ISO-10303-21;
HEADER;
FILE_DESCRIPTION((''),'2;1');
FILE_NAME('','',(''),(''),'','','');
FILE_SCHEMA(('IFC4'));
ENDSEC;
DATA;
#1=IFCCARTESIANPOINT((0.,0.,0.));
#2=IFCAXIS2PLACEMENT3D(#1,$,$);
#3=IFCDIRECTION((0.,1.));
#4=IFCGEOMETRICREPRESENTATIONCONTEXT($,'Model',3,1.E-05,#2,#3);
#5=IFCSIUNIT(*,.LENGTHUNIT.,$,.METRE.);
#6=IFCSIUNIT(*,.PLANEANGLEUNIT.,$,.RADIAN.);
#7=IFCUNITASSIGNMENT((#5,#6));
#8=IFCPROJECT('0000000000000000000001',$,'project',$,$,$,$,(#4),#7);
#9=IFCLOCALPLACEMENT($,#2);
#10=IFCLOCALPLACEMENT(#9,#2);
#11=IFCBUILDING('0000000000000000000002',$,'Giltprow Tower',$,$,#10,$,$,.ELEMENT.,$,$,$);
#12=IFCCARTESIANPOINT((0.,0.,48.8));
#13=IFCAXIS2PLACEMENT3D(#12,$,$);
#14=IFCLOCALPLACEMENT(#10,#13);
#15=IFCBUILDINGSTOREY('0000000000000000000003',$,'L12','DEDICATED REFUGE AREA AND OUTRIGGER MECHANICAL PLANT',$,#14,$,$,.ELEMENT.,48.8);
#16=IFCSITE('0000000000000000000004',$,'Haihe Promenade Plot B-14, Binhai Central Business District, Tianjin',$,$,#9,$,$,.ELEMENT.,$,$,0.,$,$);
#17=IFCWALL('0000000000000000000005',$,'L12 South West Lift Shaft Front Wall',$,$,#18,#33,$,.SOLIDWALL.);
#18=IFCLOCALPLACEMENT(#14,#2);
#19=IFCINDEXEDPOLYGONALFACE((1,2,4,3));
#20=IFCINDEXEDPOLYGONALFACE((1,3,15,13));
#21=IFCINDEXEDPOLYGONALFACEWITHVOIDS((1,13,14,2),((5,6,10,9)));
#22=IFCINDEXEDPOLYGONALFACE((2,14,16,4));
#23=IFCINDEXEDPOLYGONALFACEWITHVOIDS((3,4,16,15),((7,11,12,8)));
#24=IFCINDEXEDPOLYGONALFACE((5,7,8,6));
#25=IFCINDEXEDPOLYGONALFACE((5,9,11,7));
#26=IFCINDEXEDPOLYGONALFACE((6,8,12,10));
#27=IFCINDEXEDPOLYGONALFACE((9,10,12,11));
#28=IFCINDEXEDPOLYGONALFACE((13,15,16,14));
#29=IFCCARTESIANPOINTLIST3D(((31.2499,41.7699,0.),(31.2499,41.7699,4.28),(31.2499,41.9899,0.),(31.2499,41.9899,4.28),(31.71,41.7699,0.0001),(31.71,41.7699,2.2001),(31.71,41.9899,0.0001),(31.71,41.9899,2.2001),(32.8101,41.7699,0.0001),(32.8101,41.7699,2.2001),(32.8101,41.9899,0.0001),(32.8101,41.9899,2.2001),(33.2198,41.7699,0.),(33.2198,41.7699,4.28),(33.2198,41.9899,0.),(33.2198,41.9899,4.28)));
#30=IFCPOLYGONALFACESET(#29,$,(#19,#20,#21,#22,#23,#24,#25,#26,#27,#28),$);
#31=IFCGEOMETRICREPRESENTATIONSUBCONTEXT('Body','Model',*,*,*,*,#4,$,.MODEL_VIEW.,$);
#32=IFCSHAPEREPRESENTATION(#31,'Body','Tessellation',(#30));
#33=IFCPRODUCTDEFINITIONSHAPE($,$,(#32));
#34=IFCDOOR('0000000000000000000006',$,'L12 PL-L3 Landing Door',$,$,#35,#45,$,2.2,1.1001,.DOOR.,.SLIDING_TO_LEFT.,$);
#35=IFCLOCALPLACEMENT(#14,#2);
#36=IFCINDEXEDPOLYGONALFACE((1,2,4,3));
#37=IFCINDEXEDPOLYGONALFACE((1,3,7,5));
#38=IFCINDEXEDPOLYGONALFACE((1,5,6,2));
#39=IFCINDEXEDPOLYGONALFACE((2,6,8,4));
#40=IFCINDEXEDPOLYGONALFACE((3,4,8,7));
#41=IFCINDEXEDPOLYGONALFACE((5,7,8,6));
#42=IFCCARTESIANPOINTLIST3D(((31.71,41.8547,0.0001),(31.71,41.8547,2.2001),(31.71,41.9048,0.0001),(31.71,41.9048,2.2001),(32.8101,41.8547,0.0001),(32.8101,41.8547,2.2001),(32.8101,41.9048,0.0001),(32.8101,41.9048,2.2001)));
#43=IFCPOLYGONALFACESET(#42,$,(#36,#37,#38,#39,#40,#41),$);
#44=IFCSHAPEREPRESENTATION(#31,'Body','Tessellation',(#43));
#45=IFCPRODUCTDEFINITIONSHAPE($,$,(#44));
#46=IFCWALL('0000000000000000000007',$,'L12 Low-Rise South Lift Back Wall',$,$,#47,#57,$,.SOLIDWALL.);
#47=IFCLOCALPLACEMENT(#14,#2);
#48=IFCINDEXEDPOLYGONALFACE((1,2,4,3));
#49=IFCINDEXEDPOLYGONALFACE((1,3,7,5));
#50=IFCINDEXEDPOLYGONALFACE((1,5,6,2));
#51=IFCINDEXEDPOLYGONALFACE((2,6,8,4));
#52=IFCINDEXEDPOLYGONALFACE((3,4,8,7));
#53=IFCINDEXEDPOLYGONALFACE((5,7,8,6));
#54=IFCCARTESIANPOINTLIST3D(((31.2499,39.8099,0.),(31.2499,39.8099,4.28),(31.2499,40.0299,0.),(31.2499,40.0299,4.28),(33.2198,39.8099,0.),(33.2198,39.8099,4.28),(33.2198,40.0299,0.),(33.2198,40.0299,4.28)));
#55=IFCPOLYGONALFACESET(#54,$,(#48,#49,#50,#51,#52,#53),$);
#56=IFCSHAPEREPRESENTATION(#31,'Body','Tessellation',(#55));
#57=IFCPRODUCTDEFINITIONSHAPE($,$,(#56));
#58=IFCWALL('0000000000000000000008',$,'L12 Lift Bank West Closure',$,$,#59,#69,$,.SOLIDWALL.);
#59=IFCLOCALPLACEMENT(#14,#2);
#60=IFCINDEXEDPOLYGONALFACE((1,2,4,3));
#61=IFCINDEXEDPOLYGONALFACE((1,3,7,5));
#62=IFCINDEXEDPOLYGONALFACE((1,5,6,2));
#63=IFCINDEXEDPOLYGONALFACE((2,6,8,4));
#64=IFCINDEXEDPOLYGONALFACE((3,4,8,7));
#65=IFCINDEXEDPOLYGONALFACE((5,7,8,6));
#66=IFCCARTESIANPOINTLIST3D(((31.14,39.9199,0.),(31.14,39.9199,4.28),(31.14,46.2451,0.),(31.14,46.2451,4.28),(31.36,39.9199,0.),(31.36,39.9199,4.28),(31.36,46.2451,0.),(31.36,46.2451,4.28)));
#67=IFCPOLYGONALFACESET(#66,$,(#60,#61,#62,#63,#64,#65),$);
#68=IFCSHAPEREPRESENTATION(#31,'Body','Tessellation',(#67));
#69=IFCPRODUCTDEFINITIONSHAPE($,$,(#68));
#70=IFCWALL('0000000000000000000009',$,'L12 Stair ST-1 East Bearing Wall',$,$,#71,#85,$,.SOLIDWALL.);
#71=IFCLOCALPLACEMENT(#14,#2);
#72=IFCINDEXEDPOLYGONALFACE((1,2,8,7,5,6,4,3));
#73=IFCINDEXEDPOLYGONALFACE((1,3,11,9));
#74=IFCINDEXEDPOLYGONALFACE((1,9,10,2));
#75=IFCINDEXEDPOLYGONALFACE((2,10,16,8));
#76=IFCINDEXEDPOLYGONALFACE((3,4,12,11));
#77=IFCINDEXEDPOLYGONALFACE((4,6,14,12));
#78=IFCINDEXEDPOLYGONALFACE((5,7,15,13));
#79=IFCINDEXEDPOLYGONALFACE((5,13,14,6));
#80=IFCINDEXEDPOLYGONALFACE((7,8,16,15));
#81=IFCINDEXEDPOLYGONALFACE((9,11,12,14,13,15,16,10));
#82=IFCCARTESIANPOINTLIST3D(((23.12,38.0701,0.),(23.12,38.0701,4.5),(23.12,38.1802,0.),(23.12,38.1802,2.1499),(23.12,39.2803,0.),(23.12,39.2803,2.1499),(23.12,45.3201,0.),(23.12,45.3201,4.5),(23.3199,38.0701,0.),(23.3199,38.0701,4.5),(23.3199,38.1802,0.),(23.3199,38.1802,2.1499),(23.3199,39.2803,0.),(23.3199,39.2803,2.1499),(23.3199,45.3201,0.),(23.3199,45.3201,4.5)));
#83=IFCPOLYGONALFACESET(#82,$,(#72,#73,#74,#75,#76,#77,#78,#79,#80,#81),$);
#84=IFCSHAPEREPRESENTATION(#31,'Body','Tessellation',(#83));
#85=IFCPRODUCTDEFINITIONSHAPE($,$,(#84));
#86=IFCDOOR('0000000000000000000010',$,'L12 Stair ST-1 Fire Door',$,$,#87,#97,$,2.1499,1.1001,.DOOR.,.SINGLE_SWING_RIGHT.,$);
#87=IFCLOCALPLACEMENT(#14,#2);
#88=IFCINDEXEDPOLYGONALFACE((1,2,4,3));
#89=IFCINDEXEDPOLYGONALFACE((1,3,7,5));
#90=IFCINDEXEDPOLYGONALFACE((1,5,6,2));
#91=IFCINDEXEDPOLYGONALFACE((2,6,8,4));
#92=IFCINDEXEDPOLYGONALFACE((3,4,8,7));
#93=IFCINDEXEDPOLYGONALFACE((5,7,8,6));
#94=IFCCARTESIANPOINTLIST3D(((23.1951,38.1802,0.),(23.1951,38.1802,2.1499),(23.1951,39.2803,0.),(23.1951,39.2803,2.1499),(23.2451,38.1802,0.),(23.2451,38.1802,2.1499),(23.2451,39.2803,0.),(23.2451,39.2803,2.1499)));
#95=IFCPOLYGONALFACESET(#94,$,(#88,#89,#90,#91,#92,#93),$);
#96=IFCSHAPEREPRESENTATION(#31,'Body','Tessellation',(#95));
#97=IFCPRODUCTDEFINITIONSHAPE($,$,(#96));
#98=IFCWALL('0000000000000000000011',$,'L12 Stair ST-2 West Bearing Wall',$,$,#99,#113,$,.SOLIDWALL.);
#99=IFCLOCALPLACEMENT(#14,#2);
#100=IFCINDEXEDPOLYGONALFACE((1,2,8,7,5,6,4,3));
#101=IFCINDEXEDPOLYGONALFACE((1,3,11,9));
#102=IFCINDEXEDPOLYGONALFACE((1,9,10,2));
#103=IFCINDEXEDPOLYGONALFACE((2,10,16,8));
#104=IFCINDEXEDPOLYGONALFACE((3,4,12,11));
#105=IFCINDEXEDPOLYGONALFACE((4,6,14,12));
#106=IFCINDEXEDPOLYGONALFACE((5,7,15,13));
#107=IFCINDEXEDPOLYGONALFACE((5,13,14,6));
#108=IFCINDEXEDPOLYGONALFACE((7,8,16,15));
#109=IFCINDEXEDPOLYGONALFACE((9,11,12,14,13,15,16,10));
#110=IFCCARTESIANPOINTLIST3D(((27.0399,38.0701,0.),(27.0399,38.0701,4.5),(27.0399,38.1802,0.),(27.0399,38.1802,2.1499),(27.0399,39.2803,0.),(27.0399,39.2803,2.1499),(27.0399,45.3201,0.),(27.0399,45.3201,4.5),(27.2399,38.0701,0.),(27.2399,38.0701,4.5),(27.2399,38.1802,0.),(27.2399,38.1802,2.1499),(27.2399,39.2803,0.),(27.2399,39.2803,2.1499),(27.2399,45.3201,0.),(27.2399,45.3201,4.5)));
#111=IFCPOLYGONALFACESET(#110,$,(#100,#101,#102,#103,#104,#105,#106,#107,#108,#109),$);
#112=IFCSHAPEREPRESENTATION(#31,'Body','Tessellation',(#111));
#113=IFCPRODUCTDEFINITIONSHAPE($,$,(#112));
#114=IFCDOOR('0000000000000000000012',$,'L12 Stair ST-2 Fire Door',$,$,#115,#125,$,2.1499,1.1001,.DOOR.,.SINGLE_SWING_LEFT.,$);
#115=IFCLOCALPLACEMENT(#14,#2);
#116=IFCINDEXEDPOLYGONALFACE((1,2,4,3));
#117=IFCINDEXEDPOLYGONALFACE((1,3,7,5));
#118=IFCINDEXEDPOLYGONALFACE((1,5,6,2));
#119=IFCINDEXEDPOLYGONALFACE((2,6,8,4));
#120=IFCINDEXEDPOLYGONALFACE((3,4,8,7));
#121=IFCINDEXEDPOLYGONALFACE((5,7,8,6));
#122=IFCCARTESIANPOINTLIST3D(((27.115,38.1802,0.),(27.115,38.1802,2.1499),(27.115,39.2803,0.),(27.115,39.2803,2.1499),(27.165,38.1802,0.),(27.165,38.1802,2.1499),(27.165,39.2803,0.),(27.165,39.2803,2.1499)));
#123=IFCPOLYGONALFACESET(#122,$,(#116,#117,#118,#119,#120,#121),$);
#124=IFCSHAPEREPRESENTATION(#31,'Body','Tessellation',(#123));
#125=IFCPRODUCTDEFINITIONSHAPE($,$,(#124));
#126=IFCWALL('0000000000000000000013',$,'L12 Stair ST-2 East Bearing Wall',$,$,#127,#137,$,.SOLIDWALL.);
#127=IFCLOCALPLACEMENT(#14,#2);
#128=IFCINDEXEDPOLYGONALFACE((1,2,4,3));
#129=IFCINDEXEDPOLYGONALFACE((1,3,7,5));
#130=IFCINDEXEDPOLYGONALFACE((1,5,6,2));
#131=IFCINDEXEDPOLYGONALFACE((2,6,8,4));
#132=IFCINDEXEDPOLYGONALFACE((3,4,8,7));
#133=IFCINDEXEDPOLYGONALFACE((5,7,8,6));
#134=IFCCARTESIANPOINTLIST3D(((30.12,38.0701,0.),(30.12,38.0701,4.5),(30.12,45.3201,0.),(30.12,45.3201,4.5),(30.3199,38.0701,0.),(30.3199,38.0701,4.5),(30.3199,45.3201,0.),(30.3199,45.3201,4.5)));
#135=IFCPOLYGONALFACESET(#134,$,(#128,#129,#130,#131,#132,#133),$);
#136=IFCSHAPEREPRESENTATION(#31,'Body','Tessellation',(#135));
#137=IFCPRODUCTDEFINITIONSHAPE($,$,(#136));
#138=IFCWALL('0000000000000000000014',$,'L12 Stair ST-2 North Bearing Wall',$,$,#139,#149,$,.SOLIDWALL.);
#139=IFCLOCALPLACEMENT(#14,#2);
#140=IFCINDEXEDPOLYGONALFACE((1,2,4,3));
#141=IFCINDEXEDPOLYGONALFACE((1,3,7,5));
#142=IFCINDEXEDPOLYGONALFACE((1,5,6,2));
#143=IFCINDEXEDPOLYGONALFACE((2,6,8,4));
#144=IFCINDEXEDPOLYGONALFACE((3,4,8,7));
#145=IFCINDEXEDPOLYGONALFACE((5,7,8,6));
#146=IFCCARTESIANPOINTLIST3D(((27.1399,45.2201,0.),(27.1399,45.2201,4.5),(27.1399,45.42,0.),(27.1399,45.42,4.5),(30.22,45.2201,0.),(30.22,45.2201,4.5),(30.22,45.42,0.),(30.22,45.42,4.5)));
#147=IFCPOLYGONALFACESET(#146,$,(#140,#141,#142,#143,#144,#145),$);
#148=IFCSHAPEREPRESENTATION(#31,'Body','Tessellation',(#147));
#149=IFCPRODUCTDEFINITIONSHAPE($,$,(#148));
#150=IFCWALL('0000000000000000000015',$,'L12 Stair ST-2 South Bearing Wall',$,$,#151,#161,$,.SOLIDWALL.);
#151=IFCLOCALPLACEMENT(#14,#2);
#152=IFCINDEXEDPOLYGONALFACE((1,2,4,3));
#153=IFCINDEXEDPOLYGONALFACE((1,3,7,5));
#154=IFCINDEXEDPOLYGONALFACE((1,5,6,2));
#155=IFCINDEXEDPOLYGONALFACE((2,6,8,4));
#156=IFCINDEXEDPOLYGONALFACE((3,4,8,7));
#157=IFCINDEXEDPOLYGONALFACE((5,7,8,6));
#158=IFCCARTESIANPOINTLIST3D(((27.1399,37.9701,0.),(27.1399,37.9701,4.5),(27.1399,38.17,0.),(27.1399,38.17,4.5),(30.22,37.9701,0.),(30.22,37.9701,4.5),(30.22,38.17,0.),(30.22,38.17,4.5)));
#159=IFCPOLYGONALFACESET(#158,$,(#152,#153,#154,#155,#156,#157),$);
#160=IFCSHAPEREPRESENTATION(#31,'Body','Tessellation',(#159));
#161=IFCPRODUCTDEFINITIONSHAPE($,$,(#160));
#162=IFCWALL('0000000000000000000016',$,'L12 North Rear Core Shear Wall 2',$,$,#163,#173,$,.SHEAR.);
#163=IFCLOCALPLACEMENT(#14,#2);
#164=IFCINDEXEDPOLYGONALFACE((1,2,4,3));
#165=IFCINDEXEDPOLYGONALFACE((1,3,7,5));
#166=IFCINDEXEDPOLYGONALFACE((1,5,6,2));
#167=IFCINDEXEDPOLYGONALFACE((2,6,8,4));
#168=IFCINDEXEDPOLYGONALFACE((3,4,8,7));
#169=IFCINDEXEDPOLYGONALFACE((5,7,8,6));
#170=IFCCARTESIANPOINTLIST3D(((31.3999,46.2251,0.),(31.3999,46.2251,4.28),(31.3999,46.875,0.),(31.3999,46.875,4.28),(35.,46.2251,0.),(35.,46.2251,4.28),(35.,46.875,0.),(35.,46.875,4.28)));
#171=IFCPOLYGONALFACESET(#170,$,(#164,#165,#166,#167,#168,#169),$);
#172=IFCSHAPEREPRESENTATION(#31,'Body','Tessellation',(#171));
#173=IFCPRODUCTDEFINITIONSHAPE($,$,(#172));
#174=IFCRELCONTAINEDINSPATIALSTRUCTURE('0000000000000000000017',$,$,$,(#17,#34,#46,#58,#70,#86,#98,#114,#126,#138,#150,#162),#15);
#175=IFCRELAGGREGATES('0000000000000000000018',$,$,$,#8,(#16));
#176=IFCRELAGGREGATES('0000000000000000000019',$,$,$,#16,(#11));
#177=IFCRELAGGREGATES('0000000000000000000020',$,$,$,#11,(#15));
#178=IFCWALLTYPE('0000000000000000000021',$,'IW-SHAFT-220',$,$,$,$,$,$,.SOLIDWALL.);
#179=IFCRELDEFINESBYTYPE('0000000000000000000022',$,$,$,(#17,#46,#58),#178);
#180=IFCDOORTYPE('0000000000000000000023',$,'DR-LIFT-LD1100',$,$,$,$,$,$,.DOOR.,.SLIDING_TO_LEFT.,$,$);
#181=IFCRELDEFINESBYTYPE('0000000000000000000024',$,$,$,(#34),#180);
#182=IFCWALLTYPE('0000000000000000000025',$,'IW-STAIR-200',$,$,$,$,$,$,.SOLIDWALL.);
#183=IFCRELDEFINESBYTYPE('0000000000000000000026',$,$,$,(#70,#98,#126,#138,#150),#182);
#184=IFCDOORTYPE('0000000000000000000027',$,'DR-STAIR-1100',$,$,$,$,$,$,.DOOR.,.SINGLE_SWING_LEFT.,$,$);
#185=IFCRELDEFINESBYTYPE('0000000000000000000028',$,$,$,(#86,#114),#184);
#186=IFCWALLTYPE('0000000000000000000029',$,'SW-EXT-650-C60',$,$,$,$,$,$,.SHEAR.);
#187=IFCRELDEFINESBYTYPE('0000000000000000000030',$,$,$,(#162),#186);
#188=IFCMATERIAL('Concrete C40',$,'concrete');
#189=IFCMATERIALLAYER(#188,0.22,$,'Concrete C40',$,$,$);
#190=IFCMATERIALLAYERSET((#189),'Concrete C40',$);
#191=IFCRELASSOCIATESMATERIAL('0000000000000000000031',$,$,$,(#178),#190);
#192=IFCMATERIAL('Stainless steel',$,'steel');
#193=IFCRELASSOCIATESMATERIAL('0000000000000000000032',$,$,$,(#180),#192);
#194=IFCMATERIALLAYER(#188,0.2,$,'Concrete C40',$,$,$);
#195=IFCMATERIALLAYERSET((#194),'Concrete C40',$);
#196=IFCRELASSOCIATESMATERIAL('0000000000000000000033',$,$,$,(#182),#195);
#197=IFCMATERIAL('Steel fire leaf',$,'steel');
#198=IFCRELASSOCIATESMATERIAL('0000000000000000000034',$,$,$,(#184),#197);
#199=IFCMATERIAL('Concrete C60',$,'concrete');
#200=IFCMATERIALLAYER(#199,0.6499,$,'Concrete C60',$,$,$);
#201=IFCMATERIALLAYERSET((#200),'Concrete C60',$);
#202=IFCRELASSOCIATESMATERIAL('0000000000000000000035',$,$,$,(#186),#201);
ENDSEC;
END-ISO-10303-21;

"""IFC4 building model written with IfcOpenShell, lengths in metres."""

from ifc_helpers import new_model, si_unit, direction, frame, frame_2d, origin, place, context, subcontext, project, spatial, rectangle, extrude, source, transform, mapped, material, layer, layer_set, type_object, element, fill, save


model = new_model("IFC4")

# Units and contexts
model_context = context("Model", 3, precision=1e-05, world=origin(), true_north=direction((0.0, 1.0)))
body_context = subcontext(model_context, "Body", "Model", "MODEL_VIEW")
ifc_project = project(units=[si_unit("LENGTHUNIT", "METRE"), si_unit("PLANEANGLEUNIT", "RADIAN")], contexts=[model_context])

# Site, building, storey
site_placement = place(None, origin())
site = spatial("IfcSite", under=ifc_project, at=site_placement, Name="Haihe Promenade Plot B-14, Binhai Central Business District, Tianjin", CompositionType="ELEMENT", RefElevation=0.0)
building_placement = place(site_placement, origin())
building = spatial("IfcBuilding", under=site, at=building_placement, Name="Giltprow Tower", CompositionType="ELEMENT")
storey_placement = place(building_placement, frame((0.0, 0.0, 48.8)))
storey = spatial("IfcBuildingStorey", under=building, at=storey_placement, Name="L12", Description="DEDICATED REFUGE AREA AND OUTRIGGER MECHANICAL PLANT", CompositionType="ELEMENT", Elevation=48.8)

# Shared definitions
ifc_material_1 = material(Name="Concrete C60", Category="concrete")

# Shared definitions
ifc_material_2 = material(Name="Concrete C40", Category="concrete")
ifc_layer_1 = layer(ifc_material_2, 0.22, Name="Concrete C40")
ifc_layer_set_1 = layer_set([ifc_layer_1], Name="Concrete C40")
wall_type_1 = type_object("IfcWallType", Name="IW-SHAFT-220", PredefinedType="SOLIDWALL", material=ifc_layer_set_1)
ifc_material_3 = material(Name="Stainless steel", Category="steel")
door_type_1 = type_object("IfcDoorType", Name="DR-LIFT-LD1100", OperationType="SLIDING_TO_LEFT", PredefinedType="DOOR", material=ifc_material_3)
shared_shape_1 = source(origin(), body_context, "Body", "SweptSolid", [
    extrude(rectangle(XDim=1.1001, YDim=2.2, at=frame_2d((0.55, 1.1001))), frame((0.0, 0.0249, 0.0), z_axis=(0.0, -1.0, 0.0), x_axis=(1.0, 0.0, 0.0)), (0.0, 0.0, 1.0), 0.05),
])

# Wall, opening, door
wall_1_placement = place(storey_placement, frame((31.25, 41.8799, 0.0), z_axis=(0.0, 0.0, 1.0), x_axis=(1.0, 0.0, 0.0)))
wall_1 = element("IfcWall", 1, at=wall_1_placement, inside=storey, type_object=wall_type_1, Name="L12 South West Lift Shaft Front Wall", PredefinedType="SOLIDWALL", context=body_context, shape_type="SweptSolid", body=[
    extrude(rectangle(XDim=1.97, YDim=0.22, at=frame_2d((0.9849, 0.0))), origin(), (0.0, 0.0, 1.0), 4.28),
])
opening_1_placement = place(wall_1_placement, frame((0.46, 0.0, 0.0)))
opening_1 = element("IfcOpeningElement", 2, at=opening_1_placement, cuts=wall_1, PredefinedType="OPENING", context=body_context, shape_type="SweptSolid", body=[
    extrude(rectangle(XDim=1.1001, YDim=2.2, at=frame_2d((0.55, 1.1001))), frame((0.0, 0.1199, 0.0), z_axis=(0.0, -1.0, 0.0), x_axis=(1.0, 0.0, 0.0)), (0.0, 0.0, 1.0), 0.24),
])
door_1_placement = place(opening_1_placement, origin())
door_1 = element("IfcDoor", 3, at=door_1_placement, inside=storey, type_object=door_type_1, Name="L12 PL-L3 Landing Door", OperationType="SLIDING_TO_LEFT", OverallHeight=2.2, OverallWidth=1.1001, PredefinedType="DOOR", context=body_context, shape_type="MappedRepresentation", body=[
    mapped(shared_shape_1, transform((0.0, 0.0, 0.0), x_axis=(1.0, 0.0, 0.0), y_axis=(0.0, 1.0, 0.0), z_axis=(0.0, 0.0, 1.0), scale=1.0)),
])
fill(opening_1, door_1)

# Walls
wall_2_placement = place(storey_placement, frame((31.25, 39.9199, 0.0), z_axis=(0.0, 0.0, 1.0), x_axis=(1.0, 0.0, 0.0)))
element("IfcWall", 4, at=wall_2_placement, inside=storey, type_object=wall_type_1, Name="L12 Low-Rise South Lift Back Wall", PredefinedType="SOLIDWALL", context=body_context, shape_type="SweptSolid", body=[
    extrude(rectangle(XDim=1.97, YDim=0.22, at=frame_2d((0.9849, 0.0))), origin(), (0.0, 0.0, 1.0), 4.28),
])
wall_3_placement = place(storey_placement, frame((31.25, 39.9199, 0.0), z_axis=(0.0, 0.0, 1.0), x_axis=(0.0, 1.0, 0.0)))
element("IfcWall", 5, at=wall_3_placement, inside=storey, type_object=wall_type_1, Name="L12 Lift Bank West Closure", PredefinedType="SOLIDWALL", context=body_context, shape_type="SweptSolid", body=[
    extrude(rectangle(XDim=6.3252, YDim=0.22, at=frame_2d((3.1626, 0.0))), origin(), (0.0, 0.0, 1.0), 4.28),
])

# Walls, openings, doors
ifc_layer_2 = layer(ifc_material_2, 0.2, Name="Concrete C40")
ifc_layer_set_2 = layer_set([ifc_layer_2], Name="Concrete C40")
wall_type_2 = type_object("IfcWallType", Name="IW-STAIR-200", PredefinedType="SOLIDWALL", material=ifc_layer_set_2)
wall_4_placement = place(storey_placement, frame((23.22, 38.0701, 0.0), z_axis=(0.0, 0.0, 1.0), x_axis=(0.0, 1.0, 0.0)))
wall_4 = element("IfcWall", 6, at=wall_4_placement, inside=storey, type_object=wall_type_2, Name="L12 Stair ST-1 East Bearing Wall", PredefinedType="SOLIDWALL", context=body_context, shape_type="SweptSolid", body=[
    extrude(rectangle(XDim=7.25, YDim=0.2, at=frame_2d((3.625, 0.0))), origin(), (0.0, 0.0, 1.0), 4.5),
])
opening_2_placement = place(wall_4_placement, frame((0.1101, 0.0, 0.0)))
opening_2 = element("IfcOpeningElement", 7, at=opening_2_placement, cuts=wall_4, PredefinedType="OPENING", context=body_context, shape_type="SweptSolid", body=[
    extrude(rectangle(XDim=1.1001, YDim=2.1499, at=frame_2d((0.55, 1.075))), frame((0.0, 0.1099, 0.0), z_axis=(0.0, -1.0, 0.0), x_axis=(1.0, 0.0, 0.0)), (0.0, 0.0, 1.0), 0.22),
])
ifc_material_4 = material(Name="Steel fire leaf", Category="steel")
door_type_2 = type_object("IfcDoorType", Name="DR-STAIR-1100", OperationType="SINGLE_SWING_LEFT", PredefinedType="DOOR", material=ifc_material_4)
shared_shape_2 = source(origin(), body_context, "Body", "SweptSolid", [
    extrude(rectangle(XDim=1.1001, YDim=2.1499, at=frame_2d((0.55, 1.075))), frame((0.0, 0.0249, 0.0), z_axis=(0.0, -1.0, 0.0), x_axis=(1.0, 0.0, 0.0)), (0.0, 0.0, 1.0), 0.05),
])
door_2_placement = place(opening_2_placement, origin())
door_2 = element("IfcDoor", 8, at=door_2_placement, inside=storey, type_object=door_type_2, Name="L12 Stair ST-1 Fire Door", OperationType="SINGLE_SWING_RIGHT", OverallHeight=2.1499, OverallWidth=1.1001, PredefinedType="DOOR", context=body_context, shape_type="MappedRepresentation", body=[
    mapped(shared_shape_2, transform((0.0, 0.0, 0.0), x_axis=(1.0, 0.0, 0.0), y_axis=(0.0, 1.0, 0.0), z_axis=(0.0, 0.0, 1.0), scale=1.0)),
])
fill(opening_2, door_2)
wall_5_placement = place(storey_placement, frame((27.1399, 38.0701, 0.0), z_axis=(0.0, 0.0, 1.0), x_axis=(0.0, 1.0, 0.0)))
wall_5 = element("IfcWall", 9, at=wall_5_placement, inside=storey, type_object=wall_type_2, Name="L12 Stair ST-2 West Bearing Wall", PredefinedType="SOLIDWALL", context=body_context, shape_type="SweptSolid", body=[
    extrude(rectangle(XDim=7.25, YDim=0.2, at=frame_2d((3.625, 0.0))), origin(), (0.0, 0.0, 1.0), 4.5),
])
opening_3_placement = place(wall_5_placement, frame((0.1101, 0.0, 0.0)))
opening_3 = element("IfcOpeningElement", 10, at=opening_3_placement, cuts=wall_5, PredefinedType="OPENING", context=body_context, shape_type="SweptSolid", body=[
    extrude(rectangle(XDim=1.1001, YDim=2.1499, at=frame_2d((0.55, 1.075))), frame((0.0, 0.1099, 0.0), z_axis=(0.0, -1.0, 0.0), x_axis=(1.0, 0.0, 0.0)), (0.0, 0.0, 1.0), 0.22),
])
door_3_placement = place(opening_3_placement, origin())
door_3 = element("IfcDoor", 11, at=door_3_placement, inside=storey, type_object=door_type_2, Name="L12 Stair ST-2 Fire Door", OperationType="SINGLE_SWING_LEFT", OverallHeight=2.1499, OverallWidth=1.1001, PredefinedType="DOOR", context=body_context, shape_type="MappedRepresentation", body=[
    mapped(shared_shape_2, transform((0.0, 0.0, 0.0), x_axis=(1.0, 0.0, 0.0), y_axis=(0.0, 1.0, 0.0), z_axis=(0.0, 0.0, 1.0), scale=1.0)),
])
fill(opening_3, door_3)

# Walls
wall_6_placement = place(storey_placement, frame((30.22, 38.0701, 0.0), z_axis=(0.0, 0.0, 1.0), x_axis=(0.0, 1.0, 0.0)))
element("IfcWall", 12, at=wall_6_placement, inside=storey, type_object=wall_type_2, Name="L12 Stair ST-2 East Bearing Wall", PredefinedType="SOLIDWALL", context=body_context, shape_type="SweptSolid", body=[
    extrude(rectangle(XDim=7.25, YDim=0.2, at=frame_2d((3.625, 0.0))), origin(), (0.0, 0.0, 1.0), 4.5),
])
for number, where, z_axis, x_axis, name in (
    (13, (27.1399, 45.3201, 0.0), (0.0, 0.0, 1.0), (1.0, 0.0, 0.0), "L12 Stair ST-2 North Bearing Wall"),
    (14, (27.1399, 38.0701, 0.0), (0.0, 0.0, 1.0), (1.0, 0.0, 0.0), "L12 Stair ST-2 South Bearing Wall"),
):
    element("IfcWall", number, at=place(storey_placement, frame(where, z_axis=z_axis, x_axis=x_axis)), inside=storey, type_object=wall_type_2, Name=name, PredefinedType="SOLIDWALL", context=body_context, shape_type="SweptSolid", body=[
        extrude(rectangle(XDim=3.0801, YDim=0.2, at=frame_2d((1.54, 0.0))), origin(), (0.0, 0.0, 1.0), 4.5),
    ])
ifc_layer_3 = layer(ifc_material_1, 0.6499, Name="Concrete C60")
ifc_layer_set_3 = layer_set([ifc_layer_3], Name="Concrete C60")
wall_type_3 = type_object("IfcWallType", Name="SW-EXT-650-C60", PredefinedType="SHEAR", material=ifc_layer_set_3)
wall_7_placement = place(storey_placement, frame((31.3999, 46.55, 0.0), z_axis=(0.0, 0.0, 1.0), x_axis=(1.0, 0.0, 0.0)))
element("IfcWall", 15, at=wall_7_placement, inside=storey, type_object=wall_type_3, Name="L12 North Rear Core Shear Wall 2", PredefinedType="SHEAR", context=body_context, shape_type="SweptSolid", body=[
    extrude(rectangle(XDim=3.6001, YDim=0.6499, at=frame_2d((1.8, 0.0))), origin(), (0.0, 0.0, 1.0), 4.28),
])

save(model, "model.ifc")
